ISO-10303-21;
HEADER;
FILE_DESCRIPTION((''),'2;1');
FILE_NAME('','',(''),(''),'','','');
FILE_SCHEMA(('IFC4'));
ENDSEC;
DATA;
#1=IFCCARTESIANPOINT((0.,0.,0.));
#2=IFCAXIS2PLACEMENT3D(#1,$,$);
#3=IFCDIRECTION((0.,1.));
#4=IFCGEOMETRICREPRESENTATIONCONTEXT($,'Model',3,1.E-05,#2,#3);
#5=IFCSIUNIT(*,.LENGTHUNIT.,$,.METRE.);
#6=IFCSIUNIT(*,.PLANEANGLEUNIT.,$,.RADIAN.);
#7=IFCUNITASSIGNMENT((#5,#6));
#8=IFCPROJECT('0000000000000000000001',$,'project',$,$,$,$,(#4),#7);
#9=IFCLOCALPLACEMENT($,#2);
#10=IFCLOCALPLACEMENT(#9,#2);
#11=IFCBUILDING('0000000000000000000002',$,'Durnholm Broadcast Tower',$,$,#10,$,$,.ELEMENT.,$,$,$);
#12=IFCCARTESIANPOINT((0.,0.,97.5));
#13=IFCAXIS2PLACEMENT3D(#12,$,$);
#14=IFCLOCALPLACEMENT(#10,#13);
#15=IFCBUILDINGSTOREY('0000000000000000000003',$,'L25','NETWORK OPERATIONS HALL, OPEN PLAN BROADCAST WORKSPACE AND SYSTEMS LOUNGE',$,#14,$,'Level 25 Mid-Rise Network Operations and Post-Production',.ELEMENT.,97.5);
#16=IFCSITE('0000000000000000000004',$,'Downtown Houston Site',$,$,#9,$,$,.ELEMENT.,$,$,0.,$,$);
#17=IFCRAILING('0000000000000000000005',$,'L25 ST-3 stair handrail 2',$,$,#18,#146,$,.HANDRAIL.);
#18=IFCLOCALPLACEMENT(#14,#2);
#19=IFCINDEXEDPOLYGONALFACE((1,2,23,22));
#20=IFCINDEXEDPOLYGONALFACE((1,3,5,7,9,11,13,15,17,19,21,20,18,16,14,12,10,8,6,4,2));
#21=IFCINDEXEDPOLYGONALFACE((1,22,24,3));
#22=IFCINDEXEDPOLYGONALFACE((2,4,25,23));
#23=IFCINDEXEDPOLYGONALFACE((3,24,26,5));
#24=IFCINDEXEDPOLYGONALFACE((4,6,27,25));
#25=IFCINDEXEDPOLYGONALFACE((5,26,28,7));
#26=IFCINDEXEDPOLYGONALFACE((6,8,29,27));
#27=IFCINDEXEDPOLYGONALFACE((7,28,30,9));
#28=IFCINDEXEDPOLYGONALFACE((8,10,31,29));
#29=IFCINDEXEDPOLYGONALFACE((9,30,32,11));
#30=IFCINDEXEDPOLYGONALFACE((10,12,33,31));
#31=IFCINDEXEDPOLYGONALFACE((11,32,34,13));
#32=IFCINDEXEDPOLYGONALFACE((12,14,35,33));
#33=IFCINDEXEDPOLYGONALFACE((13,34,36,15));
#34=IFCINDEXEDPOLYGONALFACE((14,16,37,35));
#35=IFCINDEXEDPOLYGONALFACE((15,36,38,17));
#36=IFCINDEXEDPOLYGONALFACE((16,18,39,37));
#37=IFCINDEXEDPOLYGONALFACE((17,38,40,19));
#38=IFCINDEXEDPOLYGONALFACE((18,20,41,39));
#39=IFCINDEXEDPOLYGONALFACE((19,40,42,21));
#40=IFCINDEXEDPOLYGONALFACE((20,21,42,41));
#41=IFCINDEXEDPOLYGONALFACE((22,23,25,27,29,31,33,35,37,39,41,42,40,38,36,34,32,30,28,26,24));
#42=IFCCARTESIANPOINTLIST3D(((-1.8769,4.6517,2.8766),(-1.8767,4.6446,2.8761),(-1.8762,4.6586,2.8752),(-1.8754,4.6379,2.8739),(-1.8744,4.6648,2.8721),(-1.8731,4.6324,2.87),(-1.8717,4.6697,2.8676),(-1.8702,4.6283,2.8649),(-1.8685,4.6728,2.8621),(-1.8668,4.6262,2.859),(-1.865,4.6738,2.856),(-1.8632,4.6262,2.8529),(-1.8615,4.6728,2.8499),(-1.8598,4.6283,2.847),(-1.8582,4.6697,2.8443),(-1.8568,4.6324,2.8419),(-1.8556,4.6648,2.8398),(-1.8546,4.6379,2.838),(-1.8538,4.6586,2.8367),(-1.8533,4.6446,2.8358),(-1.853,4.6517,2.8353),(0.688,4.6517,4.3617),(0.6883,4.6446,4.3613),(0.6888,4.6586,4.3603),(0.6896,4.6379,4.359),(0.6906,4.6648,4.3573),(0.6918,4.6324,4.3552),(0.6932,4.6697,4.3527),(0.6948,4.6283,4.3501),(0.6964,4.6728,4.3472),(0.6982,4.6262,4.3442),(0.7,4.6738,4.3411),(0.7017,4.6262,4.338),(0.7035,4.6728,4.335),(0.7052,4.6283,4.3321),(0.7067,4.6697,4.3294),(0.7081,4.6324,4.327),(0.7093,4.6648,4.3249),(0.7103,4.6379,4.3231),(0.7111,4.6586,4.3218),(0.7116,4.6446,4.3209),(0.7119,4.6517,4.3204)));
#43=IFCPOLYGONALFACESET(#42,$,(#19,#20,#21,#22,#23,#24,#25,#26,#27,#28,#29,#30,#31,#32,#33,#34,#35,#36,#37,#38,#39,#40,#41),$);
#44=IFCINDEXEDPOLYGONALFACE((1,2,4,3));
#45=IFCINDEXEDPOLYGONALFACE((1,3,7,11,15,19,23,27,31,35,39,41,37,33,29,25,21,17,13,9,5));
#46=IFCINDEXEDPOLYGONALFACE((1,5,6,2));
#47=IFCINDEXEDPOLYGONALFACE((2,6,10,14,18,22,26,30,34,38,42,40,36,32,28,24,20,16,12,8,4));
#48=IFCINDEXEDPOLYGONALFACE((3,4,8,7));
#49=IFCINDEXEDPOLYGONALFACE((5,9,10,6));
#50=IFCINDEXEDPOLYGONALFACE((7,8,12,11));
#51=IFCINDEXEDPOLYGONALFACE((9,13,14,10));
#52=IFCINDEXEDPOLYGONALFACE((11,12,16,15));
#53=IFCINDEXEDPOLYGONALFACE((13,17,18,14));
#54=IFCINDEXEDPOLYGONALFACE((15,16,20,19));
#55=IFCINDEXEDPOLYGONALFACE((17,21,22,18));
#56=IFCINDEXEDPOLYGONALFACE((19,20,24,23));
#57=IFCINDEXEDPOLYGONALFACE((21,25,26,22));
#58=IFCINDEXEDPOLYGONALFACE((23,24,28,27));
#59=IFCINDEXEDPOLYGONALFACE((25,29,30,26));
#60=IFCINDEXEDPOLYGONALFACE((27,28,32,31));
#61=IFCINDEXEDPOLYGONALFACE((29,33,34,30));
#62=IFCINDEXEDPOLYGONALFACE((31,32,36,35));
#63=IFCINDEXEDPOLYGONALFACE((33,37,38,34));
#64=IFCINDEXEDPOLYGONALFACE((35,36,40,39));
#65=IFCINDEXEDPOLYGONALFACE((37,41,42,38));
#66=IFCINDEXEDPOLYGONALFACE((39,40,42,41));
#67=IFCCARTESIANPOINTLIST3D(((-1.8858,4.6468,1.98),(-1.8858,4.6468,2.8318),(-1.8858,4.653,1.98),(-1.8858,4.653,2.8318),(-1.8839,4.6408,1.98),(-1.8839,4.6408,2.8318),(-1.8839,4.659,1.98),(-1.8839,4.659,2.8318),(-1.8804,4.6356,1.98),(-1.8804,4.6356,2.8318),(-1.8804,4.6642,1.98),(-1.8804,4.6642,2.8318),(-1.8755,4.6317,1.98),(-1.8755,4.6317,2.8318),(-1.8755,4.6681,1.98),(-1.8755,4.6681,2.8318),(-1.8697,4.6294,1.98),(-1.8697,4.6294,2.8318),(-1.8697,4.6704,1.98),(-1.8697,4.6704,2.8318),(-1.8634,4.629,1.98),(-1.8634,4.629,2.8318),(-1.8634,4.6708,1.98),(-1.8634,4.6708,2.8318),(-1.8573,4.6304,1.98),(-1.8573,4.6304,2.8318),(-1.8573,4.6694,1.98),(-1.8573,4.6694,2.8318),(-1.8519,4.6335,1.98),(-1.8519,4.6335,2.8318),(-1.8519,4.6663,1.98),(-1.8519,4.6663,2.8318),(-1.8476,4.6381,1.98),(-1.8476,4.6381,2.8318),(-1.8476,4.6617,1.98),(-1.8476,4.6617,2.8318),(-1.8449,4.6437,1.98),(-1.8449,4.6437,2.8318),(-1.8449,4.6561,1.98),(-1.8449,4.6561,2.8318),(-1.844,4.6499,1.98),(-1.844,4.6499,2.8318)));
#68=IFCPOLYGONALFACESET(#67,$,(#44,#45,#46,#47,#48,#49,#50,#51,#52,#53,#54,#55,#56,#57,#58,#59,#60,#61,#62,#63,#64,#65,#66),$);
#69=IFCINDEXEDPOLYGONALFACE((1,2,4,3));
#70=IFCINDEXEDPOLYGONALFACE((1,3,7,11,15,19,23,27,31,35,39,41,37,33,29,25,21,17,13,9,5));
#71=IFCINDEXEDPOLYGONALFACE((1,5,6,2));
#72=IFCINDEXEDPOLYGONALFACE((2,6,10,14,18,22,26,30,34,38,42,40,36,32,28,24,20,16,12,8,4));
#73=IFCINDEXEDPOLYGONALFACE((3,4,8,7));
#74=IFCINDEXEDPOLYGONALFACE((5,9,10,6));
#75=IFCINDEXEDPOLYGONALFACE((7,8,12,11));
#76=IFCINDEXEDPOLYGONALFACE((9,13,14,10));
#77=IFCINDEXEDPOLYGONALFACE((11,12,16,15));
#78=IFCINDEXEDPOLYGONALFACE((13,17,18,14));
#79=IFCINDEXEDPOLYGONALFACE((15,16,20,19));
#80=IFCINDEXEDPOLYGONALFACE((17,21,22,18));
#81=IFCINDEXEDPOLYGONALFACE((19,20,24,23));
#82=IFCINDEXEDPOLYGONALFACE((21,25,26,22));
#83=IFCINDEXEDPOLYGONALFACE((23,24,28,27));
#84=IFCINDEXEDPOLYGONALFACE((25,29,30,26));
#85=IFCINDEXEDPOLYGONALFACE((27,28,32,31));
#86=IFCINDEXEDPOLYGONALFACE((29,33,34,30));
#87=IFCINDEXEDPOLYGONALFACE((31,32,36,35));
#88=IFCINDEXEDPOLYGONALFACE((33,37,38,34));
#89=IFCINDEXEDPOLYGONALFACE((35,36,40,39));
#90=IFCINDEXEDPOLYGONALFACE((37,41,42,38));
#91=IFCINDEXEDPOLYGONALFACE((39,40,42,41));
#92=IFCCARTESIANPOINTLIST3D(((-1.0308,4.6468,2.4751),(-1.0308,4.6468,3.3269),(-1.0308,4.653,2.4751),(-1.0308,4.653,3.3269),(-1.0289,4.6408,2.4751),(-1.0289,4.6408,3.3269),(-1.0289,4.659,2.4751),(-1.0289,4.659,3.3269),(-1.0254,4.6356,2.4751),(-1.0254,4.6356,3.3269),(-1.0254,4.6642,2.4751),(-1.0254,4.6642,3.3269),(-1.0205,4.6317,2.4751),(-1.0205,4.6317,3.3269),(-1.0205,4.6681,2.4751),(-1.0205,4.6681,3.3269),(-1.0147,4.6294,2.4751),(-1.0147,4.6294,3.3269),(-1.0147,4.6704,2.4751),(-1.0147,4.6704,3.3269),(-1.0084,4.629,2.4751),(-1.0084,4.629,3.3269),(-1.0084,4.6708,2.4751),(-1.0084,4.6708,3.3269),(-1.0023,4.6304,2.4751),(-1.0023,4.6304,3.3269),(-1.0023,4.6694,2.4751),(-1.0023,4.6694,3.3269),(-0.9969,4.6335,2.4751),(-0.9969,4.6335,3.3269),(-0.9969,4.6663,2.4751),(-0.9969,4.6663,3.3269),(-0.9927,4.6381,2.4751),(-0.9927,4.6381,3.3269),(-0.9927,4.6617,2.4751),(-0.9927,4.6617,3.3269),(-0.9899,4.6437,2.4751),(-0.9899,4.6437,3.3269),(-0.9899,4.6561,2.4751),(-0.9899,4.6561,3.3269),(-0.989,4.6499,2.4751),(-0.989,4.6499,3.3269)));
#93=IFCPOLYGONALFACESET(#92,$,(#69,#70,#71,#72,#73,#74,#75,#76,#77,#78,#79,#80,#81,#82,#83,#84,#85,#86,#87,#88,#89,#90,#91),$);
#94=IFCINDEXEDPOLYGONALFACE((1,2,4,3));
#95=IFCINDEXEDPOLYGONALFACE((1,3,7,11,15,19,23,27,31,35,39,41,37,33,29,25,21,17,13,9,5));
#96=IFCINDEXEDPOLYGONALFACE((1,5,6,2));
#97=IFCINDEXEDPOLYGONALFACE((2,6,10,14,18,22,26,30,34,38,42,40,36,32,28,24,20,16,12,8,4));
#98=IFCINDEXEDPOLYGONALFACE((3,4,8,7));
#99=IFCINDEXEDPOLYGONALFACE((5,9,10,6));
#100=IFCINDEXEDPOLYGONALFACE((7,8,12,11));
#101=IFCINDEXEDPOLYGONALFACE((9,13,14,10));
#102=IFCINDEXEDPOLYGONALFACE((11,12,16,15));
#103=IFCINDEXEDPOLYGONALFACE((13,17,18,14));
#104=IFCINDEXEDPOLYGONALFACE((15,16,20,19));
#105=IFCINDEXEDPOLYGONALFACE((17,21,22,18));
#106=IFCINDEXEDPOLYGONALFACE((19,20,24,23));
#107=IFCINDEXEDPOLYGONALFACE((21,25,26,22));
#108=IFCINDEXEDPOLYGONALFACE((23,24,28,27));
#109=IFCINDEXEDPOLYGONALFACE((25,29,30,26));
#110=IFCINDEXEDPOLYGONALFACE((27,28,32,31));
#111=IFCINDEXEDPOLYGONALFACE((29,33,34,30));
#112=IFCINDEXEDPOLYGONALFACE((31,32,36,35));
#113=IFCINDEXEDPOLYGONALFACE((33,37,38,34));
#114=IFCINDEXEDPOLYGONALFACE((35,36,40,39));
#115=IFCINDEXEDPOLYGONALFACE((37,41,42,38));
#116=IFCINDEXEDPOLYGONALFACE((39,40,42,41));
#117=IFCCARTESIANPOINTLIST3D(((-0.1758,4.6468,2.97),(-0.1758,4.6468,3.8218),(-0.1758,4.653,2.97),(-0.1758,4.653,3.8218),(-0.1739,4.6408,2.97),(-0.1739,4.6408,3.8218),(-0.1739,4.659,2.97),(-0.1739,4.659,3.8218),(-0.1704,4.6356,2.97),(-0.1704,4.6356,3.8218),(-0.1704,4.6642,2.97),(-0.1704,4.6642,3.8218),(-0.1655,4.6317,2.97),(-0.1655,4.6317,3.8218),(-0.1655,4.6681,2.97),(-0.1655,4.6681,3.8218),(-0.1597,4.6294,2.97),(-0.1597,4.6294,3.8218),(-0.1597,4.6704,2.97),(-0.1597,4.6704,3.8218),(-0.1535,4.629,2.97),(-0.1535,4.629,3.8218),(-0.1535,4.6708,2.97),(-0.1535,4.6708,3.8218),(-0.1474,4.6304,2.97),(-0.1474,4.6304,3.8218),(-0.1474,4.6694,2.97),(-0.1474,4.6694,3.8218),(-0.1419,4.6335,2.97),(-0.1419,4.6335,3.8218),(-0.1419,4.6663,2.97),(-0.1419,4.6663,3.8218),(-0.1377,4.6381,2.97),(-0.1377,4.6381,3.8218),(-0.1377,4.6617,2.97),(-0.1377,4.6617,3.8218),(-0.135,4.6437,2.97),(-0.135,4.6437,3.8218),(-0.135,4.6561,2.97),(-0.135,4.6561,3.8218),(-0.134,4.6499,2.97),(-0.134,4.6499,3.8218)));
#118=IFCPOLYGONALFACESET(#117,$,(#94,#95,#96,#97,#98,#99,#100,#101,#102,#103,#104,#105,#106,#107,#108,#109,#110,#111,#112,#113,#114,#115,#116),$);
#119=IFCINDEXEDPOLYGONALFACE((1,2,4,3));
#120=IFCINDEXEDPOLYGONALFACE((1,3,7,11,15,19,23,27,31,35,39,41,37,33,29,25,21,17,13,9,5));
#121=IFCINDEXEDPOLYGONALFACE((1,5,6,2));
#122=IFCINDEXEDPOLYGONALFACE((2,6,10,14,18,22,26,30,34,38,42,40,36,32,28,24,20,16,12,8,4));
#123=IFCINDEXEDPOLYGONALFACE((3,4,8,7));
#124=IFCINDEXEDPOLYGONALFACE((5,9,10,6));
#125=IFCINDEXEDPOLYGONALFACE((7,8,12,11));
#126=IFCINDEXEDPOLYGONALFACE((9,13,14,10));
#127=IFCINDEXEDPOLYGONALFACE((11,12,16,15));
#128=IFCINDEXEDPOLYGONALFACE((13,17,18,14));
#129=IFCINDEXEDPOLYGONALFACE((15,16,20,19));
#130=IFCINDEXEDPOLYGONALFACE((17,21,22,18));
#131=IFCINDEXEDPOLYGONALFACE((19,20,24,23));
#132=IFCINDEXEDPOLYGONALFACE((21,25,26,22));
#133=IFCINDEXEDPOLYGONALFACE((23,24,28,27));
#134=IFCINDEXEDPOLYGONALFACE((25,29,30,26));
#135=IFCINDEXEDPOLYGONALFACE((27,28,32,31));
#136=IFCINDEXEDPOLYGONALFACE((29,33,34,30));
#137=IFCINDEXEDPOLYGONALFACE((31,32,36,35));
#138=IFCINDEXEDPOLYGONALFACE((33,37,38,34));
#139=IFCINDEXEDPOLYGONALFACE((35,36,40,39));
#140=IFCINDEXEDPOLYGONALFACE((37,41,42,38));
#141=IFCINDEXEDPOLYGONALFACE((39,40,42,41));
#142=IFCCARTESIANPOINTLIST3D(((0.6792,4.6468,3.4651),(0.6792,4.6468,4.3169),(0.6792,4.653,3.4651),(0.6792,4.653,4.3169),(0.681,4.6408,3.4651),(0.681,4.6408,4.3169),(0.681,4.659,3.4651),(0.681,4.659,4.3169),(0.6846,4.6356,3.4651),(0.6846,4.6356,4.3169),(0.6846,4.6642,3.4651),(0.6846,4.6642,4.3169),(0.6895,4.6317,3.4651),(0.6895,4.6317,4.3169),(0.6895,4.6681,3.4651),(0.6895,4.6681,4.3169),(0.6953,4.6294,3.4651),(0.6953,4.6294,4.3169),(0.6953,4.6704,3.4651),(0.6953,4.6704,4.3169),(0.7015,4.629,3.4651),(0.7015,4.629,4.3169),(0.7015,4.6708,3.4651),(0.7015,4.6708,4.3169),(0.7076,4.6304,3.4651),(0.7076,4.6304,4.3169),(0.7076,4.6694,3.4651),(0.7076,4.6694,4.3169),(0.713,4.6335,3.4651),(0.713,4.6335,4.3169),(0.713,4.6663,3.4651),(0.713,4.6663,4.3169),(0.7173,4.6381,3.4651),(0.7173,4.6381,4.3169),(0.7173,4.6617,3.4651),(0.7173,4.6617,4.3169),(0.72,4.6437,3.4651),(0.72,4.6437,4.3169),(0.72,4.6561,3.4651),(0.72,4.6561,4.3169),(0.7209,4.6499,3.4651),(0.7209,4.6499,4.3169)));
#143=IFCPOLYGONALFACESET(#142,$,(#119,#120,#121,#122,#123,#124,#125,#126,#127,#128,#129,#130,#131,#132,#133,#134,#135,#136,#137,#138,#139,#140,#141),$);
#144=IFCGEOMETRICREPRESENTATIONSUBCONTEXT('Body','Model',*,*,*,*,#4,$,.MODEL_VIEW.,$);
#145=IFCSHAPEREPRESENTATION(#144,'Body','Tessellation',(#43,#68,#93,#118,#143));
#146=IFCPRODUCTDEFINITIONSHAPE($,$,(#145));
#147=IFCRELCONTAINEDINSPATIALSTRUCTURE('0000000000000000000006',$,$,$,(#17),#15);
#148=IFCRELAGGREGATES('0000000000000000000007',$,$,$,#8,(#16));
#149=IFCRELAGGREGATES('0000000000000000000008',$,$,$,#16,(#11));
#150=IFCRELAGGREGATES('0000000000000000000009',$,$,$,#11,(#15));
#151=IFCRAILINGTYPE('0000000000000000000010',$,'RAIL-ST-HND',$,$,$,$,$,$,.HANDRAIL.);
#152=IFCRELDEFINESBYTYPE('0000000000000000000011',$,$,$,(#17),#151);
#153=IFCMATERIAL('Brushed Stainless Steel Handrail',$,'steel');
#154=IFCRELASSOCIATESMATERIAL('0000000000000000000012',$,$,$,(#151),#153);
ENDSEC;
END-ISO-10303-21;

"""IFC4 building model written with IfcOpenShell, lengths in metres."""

from ifc_helpers import new_model, si_unit, direction, frame, origin, origin_2d, place, context, subcontext, project, spatial, circle, extrude, material, type_object, element, save


model = new_model("IFC4")

# Units and contexts
model_context = context("Model", 3, precision=1e-05, world=origin(), true_north=direction((0.0, 1.0)))
body_context = subcontext(model_context, "Body", "Model", "MODEL_VIEW")
ifc_project = project(units=[si_unit("LENGTHUNIT", "METRE"), si_unit("PLANEANGLEUNIT", "RADIAN")], contexts=[model_context])

# Site, building, storey
site_placement = place(None, origin())
site = spatial("IfcSite", under=ifc_project, at=site_placement, Name="Downtown Houston Site", CompositionType="ELEMENT", RefElevation=0.0)
building_placement = place(site_placement, origin())
building = spatial("IfcBuilding", under=site, at=building_placement, Name="Durnholm Broadcast Tower", CompositionType="ELEMENT")
storey_placement = place(building_placement, frame((0.0, 0.0, 97.5)))
storey = spatial("IfcBuildingStorey", under=building, at=storey_placement, Name="L25", Description="NETWORK OPERATIONS HALL, OPEN PLAN BROADCAST WORKSPACE AND SYSTEMS LOUNGE", LongName="Level 25 Mid-Rise Network Operations and Post-Production", CompositionType="ELEMENT", Elevation=97.5)

# Railing
ifc_material_1 = material(Name="Brushed Stainless Steel Handrail", Category="steel")
railing_type_1 = type_object("IfcRailingType", Name="RAIL-ST-HND", PredefinedType="HANDRAIL", material=ifc_material_1)
railing_1_placement = place(storey_placement, frame((-1.865, 4.6499, 1.98)))
element("IfcRailing", 1, at=railing_1_placement, inside=storey, type_object=railing_type_1, Name="L25 ST-3 stair handrail 2", PredefinedType="HANDRAIL", context=body_context, shape_type="SweptSolid", body=[
    extrude(circle(Radius=0.0239, at=origin_2d()), frame((0.0, 0.0, 0.876), z_axis=(0.865406, 0.0, 0.501072), x_axis=(0.0, 1.0, 0.0)), (0.0, 0.0, 1.0), 2.9639),
    extrude(circle(Radius=0.021, at=origin_2d()), origin(), (0.0, 0.0, 1.0), 0.8518),
    extrude(circle(Radius=0.021, at=origin_2d()), frame((0.855, 0.0, 0.4951)), (0.0, 0.0, 1.0), 0.8518),
    extrude(circle(Radius=0.021, at=origin_2d()), frame((1.71, 0.0, 0.99)), (0.0, 0.0, 1.0), 0.8518),
    extrude(circle(Radius=0.021, at=origin_2d()), frame((2.5649, 0.0, 1.4851)), (0.0, 0.0, 1.0), 0.8518),
])

save(model, "model.ifc")
